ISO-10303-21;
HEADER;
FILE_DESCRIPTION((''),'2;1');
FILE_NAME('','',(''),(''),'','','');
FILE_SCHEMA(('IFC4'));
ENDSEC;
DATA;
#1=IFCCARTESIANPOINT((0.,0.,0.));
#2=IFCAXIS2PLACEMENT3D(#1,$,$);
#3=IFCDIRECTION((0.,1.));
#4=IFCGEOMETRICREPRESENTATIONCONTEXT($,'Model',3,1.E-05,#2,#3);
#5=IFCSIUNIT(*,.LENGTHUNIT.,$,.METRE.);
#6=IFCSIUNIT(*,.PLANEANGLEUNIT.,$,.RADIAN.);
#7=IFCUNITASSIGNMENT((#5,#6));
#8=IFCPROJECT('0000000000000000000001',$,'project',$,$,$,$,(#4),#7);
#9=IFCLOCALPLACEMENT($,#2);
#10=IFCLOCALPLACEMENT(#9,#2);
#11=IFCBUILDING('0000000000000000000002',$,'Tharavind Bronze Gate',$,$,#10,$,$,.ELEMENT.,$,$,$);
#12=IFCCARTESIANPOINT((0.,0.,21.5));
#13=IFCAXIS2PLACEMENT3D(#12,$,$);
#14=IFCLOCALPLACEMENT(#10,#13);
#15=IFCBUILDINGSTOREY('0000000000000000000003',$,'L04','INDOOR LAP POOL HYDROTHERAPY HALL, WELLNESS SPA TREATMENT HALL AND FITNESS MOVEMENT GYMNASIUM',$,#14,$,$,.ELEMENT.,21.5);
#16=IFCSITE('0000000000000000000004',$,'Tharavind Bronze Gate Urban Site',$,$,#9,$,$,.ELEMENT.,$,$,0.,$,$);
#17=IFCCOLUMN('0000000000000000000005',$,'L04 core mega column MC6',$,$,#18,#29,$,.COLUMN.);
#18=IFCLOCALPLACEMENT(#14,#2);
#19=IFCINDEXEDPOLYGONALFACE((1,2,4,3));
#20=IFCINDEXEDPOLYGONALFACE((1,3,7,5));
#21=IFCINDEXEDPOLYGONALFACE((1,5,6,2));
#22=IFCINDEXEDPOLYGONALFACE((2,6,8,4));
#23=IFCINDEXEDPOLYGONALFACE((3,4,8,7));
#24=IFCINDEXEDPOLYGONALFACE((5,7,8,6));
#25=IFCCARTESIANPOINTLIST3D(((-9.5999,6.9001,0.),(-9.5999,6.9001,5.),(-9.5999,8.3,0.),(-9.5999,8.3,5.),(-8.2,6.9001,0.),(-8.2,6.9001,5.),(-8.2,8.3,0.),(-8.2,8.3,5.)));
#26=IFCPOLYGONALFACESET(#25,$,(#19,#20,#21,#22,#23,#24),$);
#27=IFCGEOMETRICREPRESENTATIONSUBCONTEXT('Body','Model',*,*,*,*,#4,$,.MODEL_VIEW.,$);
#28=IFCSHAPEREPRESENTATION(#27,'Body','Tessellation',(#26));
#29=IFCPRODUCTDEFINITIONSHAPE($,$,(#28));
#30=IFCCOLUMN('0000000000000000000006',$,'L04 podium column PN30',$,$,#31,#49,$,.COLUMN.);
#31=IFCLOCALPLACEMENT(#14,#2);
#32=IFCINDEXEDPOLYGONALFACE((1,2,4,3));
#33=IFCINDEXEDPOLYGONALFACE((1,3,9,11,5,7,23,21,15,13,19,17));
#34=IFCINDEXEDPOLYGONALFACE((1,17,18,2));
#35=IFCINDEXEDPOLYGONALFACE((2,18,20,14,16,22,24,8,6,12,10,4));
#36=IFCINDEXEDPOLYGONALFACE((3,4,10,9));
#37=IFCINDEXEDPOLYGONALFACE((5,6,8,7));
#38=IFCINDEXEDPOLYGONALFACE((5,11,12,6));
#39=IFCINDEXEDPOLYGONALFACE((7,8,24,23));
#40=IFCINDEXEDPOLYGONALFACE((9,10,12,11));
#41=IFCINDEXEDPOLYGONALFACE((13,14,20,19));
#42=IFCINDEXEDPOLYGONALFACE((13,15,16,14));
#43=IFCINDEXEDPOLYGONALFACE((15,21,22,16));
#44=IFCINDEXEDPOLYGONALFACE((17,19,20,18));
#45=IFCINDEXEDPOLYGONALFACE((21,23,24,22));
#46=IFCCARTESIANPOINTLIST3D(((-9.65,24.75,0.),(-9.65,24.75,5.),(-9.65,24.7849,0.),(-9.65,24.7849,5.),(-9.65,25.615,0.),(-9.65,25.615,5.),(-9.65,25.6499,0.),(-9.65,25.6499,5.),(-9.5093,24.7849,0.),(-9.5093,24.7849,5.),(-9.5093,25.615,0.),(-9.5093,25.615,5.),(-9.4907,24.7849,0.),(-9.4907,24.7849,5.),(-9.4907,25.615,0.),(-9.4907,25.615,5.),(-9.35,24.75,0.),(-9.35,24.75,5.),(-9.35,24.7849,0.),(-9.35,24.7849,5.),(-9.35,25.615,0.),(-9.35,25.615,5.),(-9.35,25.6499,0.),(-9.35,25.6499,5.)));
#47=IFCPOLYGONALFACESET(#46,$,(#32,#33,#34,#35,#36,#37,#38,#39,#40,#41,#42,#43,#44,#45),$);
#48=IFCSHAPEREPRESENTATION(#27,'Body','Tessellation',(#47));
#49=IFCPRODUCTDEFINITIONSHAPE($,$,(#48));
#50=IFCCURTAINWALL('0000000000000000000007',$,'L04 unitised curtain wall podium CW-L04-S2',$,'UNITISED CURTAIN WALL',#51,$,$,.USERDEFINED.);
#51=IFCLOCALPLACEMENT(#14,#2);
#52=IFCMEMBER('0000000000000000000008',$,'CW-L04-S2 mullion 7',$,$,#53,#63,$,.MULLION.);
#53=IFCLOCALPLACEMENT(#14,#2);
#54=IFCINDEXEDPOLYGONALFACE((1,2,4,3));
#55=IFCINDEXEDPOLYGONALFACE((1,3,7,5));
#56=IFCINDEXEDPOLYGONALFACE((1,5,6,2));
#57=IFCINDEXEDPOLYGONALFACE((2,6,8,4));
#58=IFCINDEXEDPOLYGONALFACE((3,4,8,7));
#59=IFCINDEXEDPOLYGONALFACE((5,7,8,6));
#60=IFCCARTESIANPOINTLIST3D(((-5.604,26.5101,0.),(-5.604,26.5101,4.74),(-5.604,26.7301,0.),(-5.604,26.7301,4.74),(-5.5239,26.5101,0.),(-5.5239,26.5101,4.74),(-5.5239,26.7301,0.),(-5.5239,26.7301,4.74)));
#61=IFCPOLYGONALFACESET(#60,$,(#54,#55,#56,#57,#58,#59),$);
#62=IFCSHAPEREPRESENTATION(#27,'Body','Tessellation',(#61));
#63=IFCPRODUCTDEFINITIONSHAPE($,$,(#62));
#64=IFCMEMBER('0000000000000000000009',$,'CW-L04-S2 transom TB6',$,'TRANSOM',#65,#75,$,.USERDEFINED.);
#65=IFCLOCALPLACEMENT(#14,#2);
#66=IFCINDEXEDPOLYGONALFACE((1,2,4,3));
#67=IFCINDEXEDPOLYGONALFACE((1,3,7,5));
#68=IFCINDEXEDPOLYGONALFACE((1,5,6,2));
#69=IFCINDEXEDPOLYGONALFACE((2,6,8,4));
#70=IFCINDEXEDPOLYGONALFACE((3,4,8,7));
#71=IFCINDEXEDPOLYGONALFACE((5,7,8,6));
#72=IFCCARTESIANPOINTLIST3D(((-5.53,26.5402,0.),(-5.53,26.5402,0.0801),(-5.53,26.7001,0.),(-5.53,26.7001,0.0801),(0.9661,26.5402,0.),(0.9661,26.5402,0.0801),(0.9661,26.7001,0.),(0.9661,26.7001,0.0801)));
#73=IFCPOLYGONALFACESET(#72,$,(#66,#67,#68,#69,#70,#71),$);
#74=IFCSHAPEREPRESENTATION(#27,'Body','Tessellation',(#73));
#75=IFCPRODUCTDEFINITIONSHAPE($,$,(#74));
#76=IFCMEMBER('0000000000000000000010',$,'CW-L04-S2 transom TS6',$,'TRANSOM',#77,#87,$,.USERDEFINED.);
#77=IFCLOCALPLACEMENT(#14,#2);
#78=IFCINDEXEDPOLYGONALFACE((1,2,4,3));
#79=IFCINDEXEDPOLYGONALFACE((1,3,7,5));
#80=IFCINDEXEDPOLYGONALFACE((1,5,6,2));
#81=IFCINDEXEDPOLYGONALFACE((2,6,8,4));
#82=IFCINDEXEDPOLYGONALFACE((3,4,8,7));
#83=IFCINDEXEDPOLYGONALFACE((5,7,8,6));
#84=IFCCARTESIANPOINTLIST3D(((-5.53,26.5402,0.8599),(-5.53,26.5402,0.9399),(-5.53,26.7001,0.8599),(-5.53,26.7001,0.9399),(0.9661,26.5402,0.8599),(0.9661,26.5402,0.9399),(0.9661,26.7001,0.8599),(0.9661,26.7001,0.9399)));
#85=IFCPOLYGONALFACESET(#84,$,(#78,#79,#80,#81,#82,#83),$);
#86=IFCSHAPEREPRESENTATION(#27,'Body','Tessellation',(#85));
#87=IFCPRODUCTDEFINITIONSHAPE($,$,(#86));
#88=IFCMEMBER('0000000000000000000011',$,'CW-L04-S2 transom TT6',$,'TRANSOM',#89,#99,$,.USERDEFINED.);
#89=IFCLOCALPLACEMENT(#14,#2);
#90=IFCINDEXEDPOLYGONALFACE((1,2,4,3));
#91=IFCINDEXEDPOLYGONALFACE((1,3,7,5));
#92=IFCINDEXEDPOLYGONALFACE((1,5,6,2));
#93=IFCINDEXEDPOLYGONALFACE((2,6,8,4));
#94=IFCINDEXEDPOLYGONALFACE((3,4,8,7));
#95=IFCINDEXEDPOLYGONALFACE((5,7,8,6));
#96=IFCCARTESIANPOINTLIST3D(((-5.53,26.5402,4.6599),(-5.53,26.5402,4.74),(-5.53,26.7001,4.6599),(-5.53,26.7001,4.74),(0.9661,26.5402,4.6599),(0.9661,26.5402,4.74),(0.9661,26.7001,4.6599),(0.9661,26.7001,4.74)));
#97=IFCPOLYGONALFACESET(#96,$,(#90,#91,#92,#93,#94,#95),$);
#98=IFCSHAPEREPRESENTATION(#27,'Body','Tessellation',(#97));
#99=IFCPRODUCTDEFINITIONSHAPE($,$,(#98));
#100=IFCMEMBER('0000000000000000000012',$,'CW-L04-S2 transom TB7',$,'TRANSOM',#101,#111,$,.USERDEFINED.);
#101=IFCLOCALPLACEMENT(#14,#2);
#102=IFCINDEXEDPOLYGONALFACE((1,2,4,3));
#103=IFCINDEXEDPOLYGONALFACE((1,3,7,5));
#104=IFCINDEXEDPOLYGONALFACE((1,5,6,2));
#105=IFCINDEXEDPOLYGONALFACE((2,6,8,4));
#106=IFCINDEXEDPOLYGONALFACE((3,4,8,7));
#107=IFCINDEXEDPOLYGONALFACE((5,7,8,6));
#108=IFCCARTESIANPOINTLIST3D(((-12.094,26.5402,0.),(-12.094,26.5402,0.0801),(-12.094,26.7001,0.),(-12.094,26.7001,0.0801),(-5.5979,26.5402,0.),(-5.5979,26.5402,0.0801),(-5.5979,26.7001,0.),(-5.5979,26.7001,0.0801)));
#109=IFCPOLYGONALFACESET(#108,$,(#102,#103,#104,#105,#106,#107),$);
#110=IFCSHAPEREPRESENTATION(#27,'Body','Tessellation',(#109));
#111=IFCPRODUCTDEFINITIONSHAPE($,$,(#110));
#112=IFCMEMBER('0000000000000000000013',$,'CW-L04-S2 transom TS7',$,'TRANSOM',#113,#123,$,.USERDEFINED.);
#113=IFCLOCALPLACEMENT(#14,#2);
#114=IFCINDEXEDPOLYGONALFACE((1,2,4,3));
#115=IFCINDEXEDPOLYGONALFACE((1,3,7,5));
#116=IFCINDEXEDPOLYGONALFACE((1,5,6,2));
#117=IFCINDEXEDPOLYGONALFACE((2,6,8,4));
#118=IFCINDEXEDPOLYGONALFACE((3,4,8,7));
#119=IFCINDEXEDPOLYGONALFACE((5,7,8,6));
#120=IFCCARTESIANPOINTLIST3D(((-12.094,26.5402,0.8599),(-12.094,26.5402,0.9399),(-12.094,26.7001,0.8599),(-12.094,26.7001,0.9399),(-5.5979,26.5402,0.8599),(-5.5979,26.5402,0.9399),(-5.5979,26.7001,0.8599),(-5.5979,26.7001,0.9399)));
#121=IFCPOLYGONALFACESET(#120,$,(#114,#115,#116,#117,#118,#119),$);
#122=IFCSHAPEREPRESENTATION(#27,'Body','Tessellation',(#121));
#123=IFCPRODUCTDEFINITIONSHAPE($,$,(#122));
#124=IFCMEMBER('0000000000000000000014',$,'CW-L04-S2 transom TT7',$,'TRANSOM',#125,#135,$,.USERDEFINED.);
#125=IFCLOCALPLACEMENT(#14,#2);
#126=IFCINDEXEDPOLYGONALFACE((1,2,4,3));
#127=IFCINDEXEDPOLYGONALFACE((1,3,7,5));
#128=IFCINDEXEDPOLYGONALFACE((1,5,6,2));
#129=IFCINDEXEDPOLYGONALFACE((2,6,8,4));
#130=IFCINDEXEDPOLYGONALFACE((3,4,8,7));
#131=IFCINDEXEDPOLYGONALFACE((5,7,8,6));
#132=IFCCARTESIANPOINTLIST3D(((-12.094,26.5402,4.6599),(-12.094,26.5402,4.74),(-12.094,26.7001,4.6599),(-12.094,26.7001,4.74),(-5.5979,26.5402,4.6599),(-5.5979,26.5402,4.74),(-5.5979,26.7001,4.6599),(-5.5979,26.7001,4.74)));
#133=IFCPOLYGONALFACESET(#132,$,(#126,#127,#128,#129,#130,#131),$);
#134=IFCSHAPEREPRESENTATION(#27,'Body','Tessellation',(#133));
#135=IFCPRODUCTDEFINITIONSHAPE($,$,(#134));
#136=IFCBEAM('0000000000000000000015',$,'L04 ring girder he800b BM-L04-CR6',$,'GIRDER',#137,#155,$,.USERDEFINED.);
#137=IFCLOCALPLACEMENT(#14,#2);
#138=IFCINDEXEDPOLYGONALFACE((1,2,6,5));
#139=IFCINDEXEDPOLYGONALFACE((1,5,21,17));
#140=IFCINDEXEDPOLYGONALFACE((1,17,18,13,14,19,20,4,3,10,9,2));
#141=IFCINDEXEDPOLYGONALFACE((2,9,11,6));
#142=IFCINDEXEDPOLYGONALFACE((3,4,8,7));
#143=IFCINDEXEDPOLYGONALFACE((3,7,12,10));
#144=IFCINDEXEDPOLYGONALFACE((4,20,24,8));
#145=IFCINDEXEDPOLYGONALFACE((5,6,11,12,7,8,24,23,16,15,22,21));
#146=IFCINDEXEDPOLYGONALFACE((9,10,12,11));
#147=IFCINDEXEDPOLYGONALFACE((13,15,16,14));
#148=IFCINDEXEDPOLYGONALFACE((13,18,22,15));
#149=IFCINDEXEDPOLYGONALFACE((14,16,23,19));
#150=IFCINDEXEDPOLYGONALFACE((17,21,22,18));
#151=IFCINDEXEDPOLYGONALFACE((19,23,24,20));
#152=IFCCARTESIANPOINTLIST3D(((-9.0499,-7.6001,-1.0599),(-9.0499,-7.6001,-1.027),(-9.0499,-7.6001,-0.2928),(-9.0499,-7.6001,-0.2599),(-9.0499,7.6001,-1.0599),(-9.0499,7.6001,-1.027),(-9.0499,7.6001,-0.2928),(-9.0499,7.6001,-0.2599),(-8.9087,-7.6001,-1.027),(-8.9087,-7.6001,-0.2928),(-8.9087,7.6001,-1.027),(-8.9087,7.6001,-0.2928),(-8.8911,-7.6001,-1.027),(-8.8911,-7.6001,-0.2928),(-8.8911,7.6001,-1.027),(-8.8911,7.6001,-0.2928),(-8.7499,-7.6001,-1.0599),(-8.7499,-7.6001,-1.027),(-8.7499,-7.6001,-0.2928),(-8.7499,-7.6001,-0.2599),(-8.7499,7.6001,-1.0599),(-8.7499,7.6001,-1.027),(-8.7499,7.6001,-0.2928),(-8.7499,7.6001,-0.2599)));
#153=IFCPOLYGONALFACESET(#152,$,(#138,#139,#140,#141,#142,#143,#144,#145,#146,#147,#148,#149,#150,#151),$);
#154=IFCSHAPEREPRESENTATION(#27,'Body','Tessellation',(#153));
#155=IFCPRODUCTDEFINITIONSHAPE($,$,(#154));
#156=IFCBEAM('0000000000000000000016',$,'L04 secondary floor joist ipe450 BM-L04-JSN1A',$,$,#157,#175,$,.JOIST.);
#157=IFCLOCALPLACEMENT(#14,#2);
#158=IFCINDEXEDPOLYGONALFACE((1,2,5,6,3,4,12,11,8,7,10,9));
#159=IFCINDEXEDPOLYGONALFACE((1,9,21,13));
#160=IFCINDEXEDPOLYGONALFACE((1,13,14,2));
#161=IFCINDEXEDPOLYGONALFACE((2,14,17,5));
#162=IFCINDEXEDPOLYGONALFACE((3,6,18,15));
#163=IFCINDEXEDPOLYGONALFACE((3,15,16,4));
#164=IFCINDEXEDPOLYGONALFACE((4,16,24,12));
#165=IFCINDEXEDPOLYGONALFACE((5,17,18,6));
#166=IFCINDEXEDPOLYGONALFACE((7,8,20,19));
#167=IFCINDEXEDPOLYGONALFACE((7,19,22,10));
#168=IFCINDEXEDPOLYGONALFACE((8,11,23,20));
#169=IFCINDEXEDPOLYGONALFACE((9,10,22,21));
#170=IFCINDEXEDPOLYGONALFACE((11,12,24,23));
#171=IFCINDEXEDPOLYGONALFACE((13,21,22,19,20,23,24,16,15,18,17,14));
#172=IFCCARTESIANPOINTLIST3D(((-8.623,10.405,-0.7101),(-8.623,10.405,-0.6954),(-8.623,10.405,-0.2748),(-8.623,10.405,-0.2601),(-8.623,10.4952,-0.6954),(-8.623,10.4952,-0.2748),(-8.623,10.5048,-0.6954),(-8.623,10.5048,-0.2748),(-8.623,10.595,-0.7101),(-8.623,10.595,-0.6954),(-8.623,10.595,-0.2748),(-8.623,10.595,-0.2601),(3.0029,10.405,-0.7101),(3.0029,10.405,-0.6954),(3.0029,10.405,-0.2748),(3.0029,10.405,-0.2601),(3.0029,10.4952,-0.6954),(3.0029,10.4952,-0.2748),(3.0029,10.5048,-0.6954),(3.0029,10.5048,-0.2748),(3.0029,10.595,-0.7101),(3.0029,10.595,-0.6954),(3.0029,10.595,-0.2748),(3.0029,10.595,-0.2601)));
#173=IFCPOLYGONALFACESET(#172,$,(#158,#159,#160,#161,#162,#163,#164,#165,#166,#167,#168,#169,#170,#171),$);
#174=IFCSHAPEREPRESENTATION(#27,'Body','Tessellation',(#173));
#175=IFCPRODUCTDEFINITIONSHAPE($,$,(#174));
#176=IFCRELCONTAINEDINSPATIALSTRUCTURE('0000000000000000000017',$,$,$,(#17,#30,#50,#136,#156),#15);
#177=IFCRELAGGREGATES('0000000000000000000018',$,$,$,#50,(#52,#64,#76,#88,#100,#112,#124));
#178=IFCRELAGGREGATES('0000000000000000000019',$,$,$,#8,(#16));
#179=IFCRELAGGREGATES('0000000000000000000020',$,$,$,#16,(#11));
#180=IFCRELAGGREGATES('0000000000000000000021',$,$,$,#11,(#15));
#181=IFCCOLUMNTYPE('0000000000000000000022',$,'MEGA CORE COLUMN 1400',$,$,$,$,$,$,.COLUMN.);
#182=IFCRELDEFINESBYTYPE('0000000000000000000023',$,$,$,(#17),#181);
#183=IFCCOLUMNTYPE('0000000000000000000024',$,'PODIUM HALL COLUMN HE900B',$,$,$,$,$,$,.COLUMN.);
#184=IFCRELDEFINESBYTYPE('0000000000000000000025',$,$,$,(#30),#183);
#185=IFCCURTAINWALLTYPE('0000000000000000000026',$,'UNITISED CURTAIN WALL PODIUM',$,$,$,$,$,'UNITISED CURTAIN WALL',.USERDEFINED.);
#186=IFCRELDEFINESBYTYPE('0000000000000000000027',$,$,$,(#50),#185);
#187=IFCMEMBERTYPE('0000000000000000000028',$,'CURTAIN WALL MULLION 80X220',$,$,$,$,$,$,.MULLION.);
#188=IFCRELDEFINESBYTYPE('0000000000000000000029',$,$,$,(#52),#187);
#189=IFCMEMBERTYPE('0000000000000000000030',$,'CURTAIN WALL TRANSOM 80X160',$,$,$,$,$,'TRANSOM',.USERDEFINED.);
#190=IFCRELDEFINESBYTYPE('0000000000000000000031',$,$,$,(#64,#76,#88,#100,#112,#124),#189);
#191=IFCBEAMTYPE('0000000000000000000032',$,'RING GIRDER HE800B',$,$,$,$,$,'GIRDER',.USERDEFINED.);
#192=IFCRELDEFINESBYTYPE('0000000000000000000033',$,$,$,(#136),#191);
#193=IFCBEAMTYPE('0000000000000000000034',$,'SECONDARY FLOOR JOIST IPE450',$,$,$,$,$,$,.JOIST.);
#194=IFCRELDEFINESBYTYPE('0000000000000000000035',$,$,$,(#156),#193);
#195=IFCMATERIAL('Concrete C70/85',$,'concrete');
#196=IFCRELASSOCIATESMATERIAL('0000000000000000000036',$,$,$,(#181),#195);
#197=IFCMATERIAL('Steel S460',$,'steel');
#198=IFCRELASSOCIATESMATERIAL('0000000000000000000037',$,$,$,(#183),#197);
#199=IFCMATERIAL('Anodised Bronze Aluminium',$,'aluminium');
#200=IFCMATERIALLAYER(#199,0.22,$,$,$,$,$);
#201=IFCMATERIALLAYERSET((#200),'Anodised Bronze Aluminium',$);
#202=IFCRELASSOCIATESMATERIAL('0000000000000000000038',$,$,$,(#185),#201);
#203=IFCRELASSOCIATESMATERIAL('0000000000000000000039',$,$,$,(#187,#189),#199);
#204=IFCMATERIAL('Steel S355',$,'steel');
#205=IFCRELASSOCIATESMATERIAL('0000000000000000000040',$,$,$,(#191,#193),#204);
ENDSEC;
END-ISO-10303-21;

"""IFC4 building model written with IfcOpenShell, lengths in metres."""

from ifc_helpers import new_model, si_unit, direction, frame, origin, origin_2d, place, context, subcontext, project, spatial, rectangle, i_section, extrude, material, layer, layer_set, material_profile, profile_set, type_object, element, aggregate, save


model = new_model("IFC4")

# Units and contexts
model_context = context("Model", 3, precision=1e-05, world=origin(), true_north=direction((0.0, 1.0)))
body_context = subcontext(model_context, "Body", "Model", "MODEL_VIEW")
ifc_project = project(units=[si_unit("LENGTHUNIT", "METRE"), si_unit("PLANEANGLEUNIT", "RADIAN")], contexts=[model_context])

# Site, building, storey
site_placement = place(None, origin())
site = spatial("IfcSite", under=ifc_project, at=site_placement, Name="Tharavind Bronze Gate Urban Site", CompositionType="ELEMENT", RefElevation=0.0)
building_placement = place(site_placement, origin())
building = spatial("IfcBuilding", under=site, at=building_placement, Name="Tharavind Bronze Gate", CompositionType="ELEMENT")
storey_placement = place(building_placement, frame((0.0, 0.0, 21.5)))
storey = spatial("IfcBuildingStorey", under=building, at=storey_placement, Name="L04", Description="INDOOR LAP POOL HYDROTHERAPY HALL, WELLNESS SPA TREATMENT HALL AND FITNESS MOVEMENT GYMNASIUM", CompositionType="ELEMENT", Elevation=21.5)

# Columns
ifc_material_1 = material(Name="Concrete C70/85", Category="concrete")
ifc_material_profile_1 = material_profile(ifc_material_1, rectangle(XDim=1.3999, YDim=1.3999, at=origin_2d()), Name="RCCOL1400")
ifc_profile_set_1 = profile_set([ifc_material_profile_1], Name="Concrete C70/85")
column_type_1 = type_object("IfcColumnType", Name="MEGA CORE COLUMN 1400", PredefinedType="COLUMN", material=ifc_profile_set_1)
column_1_placement = place(storey_placement, frame((-8.8999, 7.6001, 0.0), z_axis=(0.0, 0.0, 1.0), x_axis=(1.0, 0.0, 0.0)))
element("IfcColumn", 1, at=column_1_placement, inside=storey, type_object=column_type_1, Name="L04 core mega column MC6", PredefinedType="COLUMN", context=body_context, shape_type="SweptSolid", body=[
    extrude(rectangle(XDim=1.3999, YDim=1.3999, at=origin_2d()), origin(), (0.0, 0.0, 1.0), 5.0),
])
ifc_material_2 = material(Name="Steel S460", Category="steel")
ifc_material_profile_2 = material_profile(ifc_material_2, i_section(OverallWidth=0.3, OverallDepth=0.8999, WebThickness=0.0186, FlangeThickness=0.0349, at=origin_2d()), Name="HE900B")
ifc_profile_set_2 = profile_set([ifc_material_profile_2], Name="Steel S460")
column_type_2 = type_object("IfcColumnType", Name="PODIUM HALL COLUMN HE900B", PredefinedType="COLUMN", material=ifc_profile_set_2)
column_2_placement = place(storey_placement, frame((-9.5, 25.2, 0.0), z_axis=(0.0, 0.0, 1.0), x_axis=(1.0, 0.0, 0.0)))
element("IfcColumn", 2, at=column_2_placement, inside=storey, type_object=column_type_2, Name="L04 podium column PN30", PredefinedType="COLUMN", context=body_context, shape_type="SweptSolid", body=[
    extrude(i_section(OverallWidth=0.3, OverallDepth=0.8999, WebThickness=0.0186, FlangeThickness=0.0349, at=origin_2d()), origin(), (0.0, 0.0, 1.0), 5.0),
])

# Curtain wall, members
ifc_material_3 = material(Name="Anodised Bronze Aluminium", Category="aluminium")
ifc_layer_1 = layer(ifc_material_3, 0.22)
ifc_layer_set_1 = layer_set([ifc_layer_1], Name="Anodised Bronze Aluminium")
curtain_wall_type = type_object("IfcCurtainWallType", Name="UNITISED CURTAIN WALL PODIUM", ElementType="UNITISED CURTAIN WALL", PredefinedType="USERDEFINED", material=ifc_layer_set_1)
curtain_wall_placement = place(storey_placement, origin())
curtain_wall = element("IfcCurtainWall", 3, at=curtain_wall_placement, inside=storey, type_object=curtain_wall_type, Name="L04 unitised curtain wall podium CW-L04-S2", ObjectType="UNITISED CURTAIN WALL", PredefinedType="USERDEFINED")
member_type_1 = type_object("IfcMemberType", Name="CURTAIN WALL MULLION 80X220", PredefinedType="MULLION", material=ifc_material_3)
member_1_placement = place(storey_placement, frame((-5.564, 26.6201, 0.0), z_axis=(0.0, 0.0, 1.0), x_axis=(-1.0, 0.0, 0.0)))
member_1 = element("IfcMember", 4, at=member_1_placement, type_object=member_type_1, Name="CW-L04-S2 mullion 7", PredefinedType="MULLION", context=body_context, shape_type="SweptSolid", body=[
    extrude(rectangle(XDim=0.0801, YDim=0.22, at=origin_2d()), origin(), (0.0, 0.0, 1.0), 4.74),
])
member_type_2 = type_object("IfcMemberType", Name="CURTAIN WALL TRANSOM 80X160", ElementType="TRANSOM", PredefinedType="USERDEFINED", material=ifc_material_3)
member_2_placement = place(storey_placement, frame((-2.282, 26.6201, 0.0), z_axis=(0.0, 0.0, 1.0), x_axis=(-1.0, 0.0, 0.0)))
member_2 = element("IfcMember", 5, at=member_2_placement, type_object=member_type_2, Name="CW-L04-S2 transom TB6", ObjectType="TRANSOM", PredefinedType="USERDEFINED", context=body_context, shape_type="SweptSolid", body=[
    extrude(rectangle(XDim=6.4961, YDim=0.1599, at=origin_2d()), origin(), (0.0, 0.0, 1.0), 0.0801),
])
member_3_placement = place(storey_placement, frame((-2.282, 26.6201, 0.8599), z_axis=(0.0, 0.0, 1.0), x_axis=(-1.0, 0.0, 0.0)))
member_3 = element("IfcMember", 6, at=member_3_placement, type_object=member_type_2, Name="CW-L04-S2 transom TS6", ObjectType="TRANSOM", PredefinedType="USERDEFINED", context=body_context, shape_type="SweptSolid", body=[
    extrude(rectangle(XDim=6.4961, YDim=0.1599, at=origin_2d()), origin(), (0.0, 0.0, 1.0), 0.0801),
])
member_4_placement = place(storey_placement, frame((-2.282, 26.6201, 4.6599), z_axis=(0.0, 0.0, 1.0), x_axis=(-1.0, 0.0, 0.0)))
member_4 = element("IfcMember", 7, at=member_4_placement, type_object=member_type_2, Name="CW-L04-S2 transom TT6", ObjectType="TRANSOM", PredefinedType="USERDEFINED", context=body_context, shape_type="SweptSolid", body=[
    extrude(rectangle(XDim=6.4961, YDim=0.1599, at=origin_2d()), origin(), (0.0, 0.0, 1.0), 0.0801),
])
member_5_placement = place(storey_placement, frame((-8.8459, 26.6201, 0.0), z_axis=(0.0, 0.0, 1.0), x_axis=(-1.0, 0.0, 0.0)))
member_5 = element("IfcMember", 8, at=member_5_placement, type_object=member_type_2, Name="CW-L04-S2 transom TB7", ObjectType="TRANSOM", PredefinedType="USERDEFINED", context=body_context, shape_type="SweptSolid", body=[
    extrude(rectangle(XDim=6.4961, YDim=0.1599, at=origin_2d()), origin(), (0.0, 0.0, 1.0), 0.0801),
])
member_6_placement = place(storey_placement, frame((-8.8459, 26.6201, 0.8599), z_axis=(0.0, 0.0, 1.0), x_axis=(-1.0, 0.0, 0.0)))
member_6 = element("IfcMember", 9, at=member_6_placement, type_object=member_type_2, Name="CW-L04-S2 transom TS7", ObjectType="TRANSOM", PredefinedType="USERDEFINED", context=body_context, shape_type="SweptSolid", body=[
    extrude(rectangle(XDim=6.4961, YDim=0.1599, at=origin_2d()), origin(), (0.0, 0.0, 1.0), 0.0801),
])
member_7_placement = place(storey_placement, frame((-8.8459, 26.6201, 4.6599), z_axis=(0.0, 0.0, 1.0), x_axis=(-1.0, 0.0, 0.0)))
member_7 = element("IfcMember", 10, at=member_7_placement, type_object=member_type_2, Name="CW-L04-S2 transom TT7", ObjectType="TRANSOM", PredefinedType="USERDEFINED", context=body_context, shape_type="SweptSolid", body=[
    extrude(rectangle(XDim=6.4961, YDim=0.1599, at=origin_2d()), origin(), (0.0, 0.0, 1.0), 0.0801),
])

# Beams
ifc_material_4 = material(Name="Steel S355", Category="steel")
ifc_material_profile_3 = material_profile(ifc_material_4, i_section(OverallWidth=0.3, OverallDepth=0.8, WebThickness=0.0176, FlangeThickness=0.033, at=origin_2d()), Name="HE800B")
ifc_profile_set_3 = profile_set([ifc_material_profile_3], Name="Steel S355")
beam_type_1 = type_object("IfcBeamType", Name="RING GIRDER HE800B", ElementType="GIRDER", PredefinedType="USERDEFINED", material=ifc_profile_set_3)
beam_1_placement = place(storey_placement, frame((-8.8999, 7.6001, -0.6599), z_axis=(0.0, -1.0, 0.0), x_axis=(1.0, 0.0, 0.0)))
element("IfcBeam", 11, at=beam_1_placement, inside=storey, type_object=beam_type_1, Name="L04 ring girder he800b BM-L04-CR6", ObjectType="GIRDER", PredefinedType="USERDEFINED", context=body_context, shape_type="SweptSolid", body=[
    extrude(i_section(OverallWidth=0.3, OverallDepth=0.8, WebThickness=0.0176, FlangeThickness=0.033, at=origin_2d()), origin(), (0.0, 0.0, 1.0), 15.2002),
])
ifc_material_profile_4 = material_profile(ifc_material_4, i_section(OverallWidth=0.1899, OverallDepth=0.45, WebThickness=0.0095, FlangeThickness=0.0146, at=origin_2d()), Name="IPE450")
ifc_profile_set_4 = profile_set([ifc_material_profile_4], Name="Steel S355")
beam_type_2 = type_object("IfcBeamType", Name="SECONDARY FLOOR JOIST IPE450", PredefinedType="JOIST", material=ifc_profile_set_4)
for number, where, z_axis, x_axis, name in (
    (12, (-8.623, 10.5, -0.4851), (1.0, 0.0, 0.0), (0.0, 1.0, 0.0), "L04 secondary floor joist ipe450 BM-L04-JSN1A"),
):
    element("IfcBeam", number, at=place(storey_placement, frame(where, z_axis=z_axis, x_axis=x_axis)), inside=storey, type_object=beam_type_2, Name=name, PredefinedType="JOIST", context=body_context, shape_type="SweptSolid", body=[
        extrude(i_section(OverallWidth=0.1899, OverallDepth=0.45, WebThickness=0.0095, FlangeThickness=0.0146, at=origin_2d()), origin(), (0.0, 0.0, 1.0), 11.626),
    ])

aggregate(curtain_wall, [member_1, member_2, member_3, member_4, member_5, member_6, member_7])

save(model, "model.ifc")
